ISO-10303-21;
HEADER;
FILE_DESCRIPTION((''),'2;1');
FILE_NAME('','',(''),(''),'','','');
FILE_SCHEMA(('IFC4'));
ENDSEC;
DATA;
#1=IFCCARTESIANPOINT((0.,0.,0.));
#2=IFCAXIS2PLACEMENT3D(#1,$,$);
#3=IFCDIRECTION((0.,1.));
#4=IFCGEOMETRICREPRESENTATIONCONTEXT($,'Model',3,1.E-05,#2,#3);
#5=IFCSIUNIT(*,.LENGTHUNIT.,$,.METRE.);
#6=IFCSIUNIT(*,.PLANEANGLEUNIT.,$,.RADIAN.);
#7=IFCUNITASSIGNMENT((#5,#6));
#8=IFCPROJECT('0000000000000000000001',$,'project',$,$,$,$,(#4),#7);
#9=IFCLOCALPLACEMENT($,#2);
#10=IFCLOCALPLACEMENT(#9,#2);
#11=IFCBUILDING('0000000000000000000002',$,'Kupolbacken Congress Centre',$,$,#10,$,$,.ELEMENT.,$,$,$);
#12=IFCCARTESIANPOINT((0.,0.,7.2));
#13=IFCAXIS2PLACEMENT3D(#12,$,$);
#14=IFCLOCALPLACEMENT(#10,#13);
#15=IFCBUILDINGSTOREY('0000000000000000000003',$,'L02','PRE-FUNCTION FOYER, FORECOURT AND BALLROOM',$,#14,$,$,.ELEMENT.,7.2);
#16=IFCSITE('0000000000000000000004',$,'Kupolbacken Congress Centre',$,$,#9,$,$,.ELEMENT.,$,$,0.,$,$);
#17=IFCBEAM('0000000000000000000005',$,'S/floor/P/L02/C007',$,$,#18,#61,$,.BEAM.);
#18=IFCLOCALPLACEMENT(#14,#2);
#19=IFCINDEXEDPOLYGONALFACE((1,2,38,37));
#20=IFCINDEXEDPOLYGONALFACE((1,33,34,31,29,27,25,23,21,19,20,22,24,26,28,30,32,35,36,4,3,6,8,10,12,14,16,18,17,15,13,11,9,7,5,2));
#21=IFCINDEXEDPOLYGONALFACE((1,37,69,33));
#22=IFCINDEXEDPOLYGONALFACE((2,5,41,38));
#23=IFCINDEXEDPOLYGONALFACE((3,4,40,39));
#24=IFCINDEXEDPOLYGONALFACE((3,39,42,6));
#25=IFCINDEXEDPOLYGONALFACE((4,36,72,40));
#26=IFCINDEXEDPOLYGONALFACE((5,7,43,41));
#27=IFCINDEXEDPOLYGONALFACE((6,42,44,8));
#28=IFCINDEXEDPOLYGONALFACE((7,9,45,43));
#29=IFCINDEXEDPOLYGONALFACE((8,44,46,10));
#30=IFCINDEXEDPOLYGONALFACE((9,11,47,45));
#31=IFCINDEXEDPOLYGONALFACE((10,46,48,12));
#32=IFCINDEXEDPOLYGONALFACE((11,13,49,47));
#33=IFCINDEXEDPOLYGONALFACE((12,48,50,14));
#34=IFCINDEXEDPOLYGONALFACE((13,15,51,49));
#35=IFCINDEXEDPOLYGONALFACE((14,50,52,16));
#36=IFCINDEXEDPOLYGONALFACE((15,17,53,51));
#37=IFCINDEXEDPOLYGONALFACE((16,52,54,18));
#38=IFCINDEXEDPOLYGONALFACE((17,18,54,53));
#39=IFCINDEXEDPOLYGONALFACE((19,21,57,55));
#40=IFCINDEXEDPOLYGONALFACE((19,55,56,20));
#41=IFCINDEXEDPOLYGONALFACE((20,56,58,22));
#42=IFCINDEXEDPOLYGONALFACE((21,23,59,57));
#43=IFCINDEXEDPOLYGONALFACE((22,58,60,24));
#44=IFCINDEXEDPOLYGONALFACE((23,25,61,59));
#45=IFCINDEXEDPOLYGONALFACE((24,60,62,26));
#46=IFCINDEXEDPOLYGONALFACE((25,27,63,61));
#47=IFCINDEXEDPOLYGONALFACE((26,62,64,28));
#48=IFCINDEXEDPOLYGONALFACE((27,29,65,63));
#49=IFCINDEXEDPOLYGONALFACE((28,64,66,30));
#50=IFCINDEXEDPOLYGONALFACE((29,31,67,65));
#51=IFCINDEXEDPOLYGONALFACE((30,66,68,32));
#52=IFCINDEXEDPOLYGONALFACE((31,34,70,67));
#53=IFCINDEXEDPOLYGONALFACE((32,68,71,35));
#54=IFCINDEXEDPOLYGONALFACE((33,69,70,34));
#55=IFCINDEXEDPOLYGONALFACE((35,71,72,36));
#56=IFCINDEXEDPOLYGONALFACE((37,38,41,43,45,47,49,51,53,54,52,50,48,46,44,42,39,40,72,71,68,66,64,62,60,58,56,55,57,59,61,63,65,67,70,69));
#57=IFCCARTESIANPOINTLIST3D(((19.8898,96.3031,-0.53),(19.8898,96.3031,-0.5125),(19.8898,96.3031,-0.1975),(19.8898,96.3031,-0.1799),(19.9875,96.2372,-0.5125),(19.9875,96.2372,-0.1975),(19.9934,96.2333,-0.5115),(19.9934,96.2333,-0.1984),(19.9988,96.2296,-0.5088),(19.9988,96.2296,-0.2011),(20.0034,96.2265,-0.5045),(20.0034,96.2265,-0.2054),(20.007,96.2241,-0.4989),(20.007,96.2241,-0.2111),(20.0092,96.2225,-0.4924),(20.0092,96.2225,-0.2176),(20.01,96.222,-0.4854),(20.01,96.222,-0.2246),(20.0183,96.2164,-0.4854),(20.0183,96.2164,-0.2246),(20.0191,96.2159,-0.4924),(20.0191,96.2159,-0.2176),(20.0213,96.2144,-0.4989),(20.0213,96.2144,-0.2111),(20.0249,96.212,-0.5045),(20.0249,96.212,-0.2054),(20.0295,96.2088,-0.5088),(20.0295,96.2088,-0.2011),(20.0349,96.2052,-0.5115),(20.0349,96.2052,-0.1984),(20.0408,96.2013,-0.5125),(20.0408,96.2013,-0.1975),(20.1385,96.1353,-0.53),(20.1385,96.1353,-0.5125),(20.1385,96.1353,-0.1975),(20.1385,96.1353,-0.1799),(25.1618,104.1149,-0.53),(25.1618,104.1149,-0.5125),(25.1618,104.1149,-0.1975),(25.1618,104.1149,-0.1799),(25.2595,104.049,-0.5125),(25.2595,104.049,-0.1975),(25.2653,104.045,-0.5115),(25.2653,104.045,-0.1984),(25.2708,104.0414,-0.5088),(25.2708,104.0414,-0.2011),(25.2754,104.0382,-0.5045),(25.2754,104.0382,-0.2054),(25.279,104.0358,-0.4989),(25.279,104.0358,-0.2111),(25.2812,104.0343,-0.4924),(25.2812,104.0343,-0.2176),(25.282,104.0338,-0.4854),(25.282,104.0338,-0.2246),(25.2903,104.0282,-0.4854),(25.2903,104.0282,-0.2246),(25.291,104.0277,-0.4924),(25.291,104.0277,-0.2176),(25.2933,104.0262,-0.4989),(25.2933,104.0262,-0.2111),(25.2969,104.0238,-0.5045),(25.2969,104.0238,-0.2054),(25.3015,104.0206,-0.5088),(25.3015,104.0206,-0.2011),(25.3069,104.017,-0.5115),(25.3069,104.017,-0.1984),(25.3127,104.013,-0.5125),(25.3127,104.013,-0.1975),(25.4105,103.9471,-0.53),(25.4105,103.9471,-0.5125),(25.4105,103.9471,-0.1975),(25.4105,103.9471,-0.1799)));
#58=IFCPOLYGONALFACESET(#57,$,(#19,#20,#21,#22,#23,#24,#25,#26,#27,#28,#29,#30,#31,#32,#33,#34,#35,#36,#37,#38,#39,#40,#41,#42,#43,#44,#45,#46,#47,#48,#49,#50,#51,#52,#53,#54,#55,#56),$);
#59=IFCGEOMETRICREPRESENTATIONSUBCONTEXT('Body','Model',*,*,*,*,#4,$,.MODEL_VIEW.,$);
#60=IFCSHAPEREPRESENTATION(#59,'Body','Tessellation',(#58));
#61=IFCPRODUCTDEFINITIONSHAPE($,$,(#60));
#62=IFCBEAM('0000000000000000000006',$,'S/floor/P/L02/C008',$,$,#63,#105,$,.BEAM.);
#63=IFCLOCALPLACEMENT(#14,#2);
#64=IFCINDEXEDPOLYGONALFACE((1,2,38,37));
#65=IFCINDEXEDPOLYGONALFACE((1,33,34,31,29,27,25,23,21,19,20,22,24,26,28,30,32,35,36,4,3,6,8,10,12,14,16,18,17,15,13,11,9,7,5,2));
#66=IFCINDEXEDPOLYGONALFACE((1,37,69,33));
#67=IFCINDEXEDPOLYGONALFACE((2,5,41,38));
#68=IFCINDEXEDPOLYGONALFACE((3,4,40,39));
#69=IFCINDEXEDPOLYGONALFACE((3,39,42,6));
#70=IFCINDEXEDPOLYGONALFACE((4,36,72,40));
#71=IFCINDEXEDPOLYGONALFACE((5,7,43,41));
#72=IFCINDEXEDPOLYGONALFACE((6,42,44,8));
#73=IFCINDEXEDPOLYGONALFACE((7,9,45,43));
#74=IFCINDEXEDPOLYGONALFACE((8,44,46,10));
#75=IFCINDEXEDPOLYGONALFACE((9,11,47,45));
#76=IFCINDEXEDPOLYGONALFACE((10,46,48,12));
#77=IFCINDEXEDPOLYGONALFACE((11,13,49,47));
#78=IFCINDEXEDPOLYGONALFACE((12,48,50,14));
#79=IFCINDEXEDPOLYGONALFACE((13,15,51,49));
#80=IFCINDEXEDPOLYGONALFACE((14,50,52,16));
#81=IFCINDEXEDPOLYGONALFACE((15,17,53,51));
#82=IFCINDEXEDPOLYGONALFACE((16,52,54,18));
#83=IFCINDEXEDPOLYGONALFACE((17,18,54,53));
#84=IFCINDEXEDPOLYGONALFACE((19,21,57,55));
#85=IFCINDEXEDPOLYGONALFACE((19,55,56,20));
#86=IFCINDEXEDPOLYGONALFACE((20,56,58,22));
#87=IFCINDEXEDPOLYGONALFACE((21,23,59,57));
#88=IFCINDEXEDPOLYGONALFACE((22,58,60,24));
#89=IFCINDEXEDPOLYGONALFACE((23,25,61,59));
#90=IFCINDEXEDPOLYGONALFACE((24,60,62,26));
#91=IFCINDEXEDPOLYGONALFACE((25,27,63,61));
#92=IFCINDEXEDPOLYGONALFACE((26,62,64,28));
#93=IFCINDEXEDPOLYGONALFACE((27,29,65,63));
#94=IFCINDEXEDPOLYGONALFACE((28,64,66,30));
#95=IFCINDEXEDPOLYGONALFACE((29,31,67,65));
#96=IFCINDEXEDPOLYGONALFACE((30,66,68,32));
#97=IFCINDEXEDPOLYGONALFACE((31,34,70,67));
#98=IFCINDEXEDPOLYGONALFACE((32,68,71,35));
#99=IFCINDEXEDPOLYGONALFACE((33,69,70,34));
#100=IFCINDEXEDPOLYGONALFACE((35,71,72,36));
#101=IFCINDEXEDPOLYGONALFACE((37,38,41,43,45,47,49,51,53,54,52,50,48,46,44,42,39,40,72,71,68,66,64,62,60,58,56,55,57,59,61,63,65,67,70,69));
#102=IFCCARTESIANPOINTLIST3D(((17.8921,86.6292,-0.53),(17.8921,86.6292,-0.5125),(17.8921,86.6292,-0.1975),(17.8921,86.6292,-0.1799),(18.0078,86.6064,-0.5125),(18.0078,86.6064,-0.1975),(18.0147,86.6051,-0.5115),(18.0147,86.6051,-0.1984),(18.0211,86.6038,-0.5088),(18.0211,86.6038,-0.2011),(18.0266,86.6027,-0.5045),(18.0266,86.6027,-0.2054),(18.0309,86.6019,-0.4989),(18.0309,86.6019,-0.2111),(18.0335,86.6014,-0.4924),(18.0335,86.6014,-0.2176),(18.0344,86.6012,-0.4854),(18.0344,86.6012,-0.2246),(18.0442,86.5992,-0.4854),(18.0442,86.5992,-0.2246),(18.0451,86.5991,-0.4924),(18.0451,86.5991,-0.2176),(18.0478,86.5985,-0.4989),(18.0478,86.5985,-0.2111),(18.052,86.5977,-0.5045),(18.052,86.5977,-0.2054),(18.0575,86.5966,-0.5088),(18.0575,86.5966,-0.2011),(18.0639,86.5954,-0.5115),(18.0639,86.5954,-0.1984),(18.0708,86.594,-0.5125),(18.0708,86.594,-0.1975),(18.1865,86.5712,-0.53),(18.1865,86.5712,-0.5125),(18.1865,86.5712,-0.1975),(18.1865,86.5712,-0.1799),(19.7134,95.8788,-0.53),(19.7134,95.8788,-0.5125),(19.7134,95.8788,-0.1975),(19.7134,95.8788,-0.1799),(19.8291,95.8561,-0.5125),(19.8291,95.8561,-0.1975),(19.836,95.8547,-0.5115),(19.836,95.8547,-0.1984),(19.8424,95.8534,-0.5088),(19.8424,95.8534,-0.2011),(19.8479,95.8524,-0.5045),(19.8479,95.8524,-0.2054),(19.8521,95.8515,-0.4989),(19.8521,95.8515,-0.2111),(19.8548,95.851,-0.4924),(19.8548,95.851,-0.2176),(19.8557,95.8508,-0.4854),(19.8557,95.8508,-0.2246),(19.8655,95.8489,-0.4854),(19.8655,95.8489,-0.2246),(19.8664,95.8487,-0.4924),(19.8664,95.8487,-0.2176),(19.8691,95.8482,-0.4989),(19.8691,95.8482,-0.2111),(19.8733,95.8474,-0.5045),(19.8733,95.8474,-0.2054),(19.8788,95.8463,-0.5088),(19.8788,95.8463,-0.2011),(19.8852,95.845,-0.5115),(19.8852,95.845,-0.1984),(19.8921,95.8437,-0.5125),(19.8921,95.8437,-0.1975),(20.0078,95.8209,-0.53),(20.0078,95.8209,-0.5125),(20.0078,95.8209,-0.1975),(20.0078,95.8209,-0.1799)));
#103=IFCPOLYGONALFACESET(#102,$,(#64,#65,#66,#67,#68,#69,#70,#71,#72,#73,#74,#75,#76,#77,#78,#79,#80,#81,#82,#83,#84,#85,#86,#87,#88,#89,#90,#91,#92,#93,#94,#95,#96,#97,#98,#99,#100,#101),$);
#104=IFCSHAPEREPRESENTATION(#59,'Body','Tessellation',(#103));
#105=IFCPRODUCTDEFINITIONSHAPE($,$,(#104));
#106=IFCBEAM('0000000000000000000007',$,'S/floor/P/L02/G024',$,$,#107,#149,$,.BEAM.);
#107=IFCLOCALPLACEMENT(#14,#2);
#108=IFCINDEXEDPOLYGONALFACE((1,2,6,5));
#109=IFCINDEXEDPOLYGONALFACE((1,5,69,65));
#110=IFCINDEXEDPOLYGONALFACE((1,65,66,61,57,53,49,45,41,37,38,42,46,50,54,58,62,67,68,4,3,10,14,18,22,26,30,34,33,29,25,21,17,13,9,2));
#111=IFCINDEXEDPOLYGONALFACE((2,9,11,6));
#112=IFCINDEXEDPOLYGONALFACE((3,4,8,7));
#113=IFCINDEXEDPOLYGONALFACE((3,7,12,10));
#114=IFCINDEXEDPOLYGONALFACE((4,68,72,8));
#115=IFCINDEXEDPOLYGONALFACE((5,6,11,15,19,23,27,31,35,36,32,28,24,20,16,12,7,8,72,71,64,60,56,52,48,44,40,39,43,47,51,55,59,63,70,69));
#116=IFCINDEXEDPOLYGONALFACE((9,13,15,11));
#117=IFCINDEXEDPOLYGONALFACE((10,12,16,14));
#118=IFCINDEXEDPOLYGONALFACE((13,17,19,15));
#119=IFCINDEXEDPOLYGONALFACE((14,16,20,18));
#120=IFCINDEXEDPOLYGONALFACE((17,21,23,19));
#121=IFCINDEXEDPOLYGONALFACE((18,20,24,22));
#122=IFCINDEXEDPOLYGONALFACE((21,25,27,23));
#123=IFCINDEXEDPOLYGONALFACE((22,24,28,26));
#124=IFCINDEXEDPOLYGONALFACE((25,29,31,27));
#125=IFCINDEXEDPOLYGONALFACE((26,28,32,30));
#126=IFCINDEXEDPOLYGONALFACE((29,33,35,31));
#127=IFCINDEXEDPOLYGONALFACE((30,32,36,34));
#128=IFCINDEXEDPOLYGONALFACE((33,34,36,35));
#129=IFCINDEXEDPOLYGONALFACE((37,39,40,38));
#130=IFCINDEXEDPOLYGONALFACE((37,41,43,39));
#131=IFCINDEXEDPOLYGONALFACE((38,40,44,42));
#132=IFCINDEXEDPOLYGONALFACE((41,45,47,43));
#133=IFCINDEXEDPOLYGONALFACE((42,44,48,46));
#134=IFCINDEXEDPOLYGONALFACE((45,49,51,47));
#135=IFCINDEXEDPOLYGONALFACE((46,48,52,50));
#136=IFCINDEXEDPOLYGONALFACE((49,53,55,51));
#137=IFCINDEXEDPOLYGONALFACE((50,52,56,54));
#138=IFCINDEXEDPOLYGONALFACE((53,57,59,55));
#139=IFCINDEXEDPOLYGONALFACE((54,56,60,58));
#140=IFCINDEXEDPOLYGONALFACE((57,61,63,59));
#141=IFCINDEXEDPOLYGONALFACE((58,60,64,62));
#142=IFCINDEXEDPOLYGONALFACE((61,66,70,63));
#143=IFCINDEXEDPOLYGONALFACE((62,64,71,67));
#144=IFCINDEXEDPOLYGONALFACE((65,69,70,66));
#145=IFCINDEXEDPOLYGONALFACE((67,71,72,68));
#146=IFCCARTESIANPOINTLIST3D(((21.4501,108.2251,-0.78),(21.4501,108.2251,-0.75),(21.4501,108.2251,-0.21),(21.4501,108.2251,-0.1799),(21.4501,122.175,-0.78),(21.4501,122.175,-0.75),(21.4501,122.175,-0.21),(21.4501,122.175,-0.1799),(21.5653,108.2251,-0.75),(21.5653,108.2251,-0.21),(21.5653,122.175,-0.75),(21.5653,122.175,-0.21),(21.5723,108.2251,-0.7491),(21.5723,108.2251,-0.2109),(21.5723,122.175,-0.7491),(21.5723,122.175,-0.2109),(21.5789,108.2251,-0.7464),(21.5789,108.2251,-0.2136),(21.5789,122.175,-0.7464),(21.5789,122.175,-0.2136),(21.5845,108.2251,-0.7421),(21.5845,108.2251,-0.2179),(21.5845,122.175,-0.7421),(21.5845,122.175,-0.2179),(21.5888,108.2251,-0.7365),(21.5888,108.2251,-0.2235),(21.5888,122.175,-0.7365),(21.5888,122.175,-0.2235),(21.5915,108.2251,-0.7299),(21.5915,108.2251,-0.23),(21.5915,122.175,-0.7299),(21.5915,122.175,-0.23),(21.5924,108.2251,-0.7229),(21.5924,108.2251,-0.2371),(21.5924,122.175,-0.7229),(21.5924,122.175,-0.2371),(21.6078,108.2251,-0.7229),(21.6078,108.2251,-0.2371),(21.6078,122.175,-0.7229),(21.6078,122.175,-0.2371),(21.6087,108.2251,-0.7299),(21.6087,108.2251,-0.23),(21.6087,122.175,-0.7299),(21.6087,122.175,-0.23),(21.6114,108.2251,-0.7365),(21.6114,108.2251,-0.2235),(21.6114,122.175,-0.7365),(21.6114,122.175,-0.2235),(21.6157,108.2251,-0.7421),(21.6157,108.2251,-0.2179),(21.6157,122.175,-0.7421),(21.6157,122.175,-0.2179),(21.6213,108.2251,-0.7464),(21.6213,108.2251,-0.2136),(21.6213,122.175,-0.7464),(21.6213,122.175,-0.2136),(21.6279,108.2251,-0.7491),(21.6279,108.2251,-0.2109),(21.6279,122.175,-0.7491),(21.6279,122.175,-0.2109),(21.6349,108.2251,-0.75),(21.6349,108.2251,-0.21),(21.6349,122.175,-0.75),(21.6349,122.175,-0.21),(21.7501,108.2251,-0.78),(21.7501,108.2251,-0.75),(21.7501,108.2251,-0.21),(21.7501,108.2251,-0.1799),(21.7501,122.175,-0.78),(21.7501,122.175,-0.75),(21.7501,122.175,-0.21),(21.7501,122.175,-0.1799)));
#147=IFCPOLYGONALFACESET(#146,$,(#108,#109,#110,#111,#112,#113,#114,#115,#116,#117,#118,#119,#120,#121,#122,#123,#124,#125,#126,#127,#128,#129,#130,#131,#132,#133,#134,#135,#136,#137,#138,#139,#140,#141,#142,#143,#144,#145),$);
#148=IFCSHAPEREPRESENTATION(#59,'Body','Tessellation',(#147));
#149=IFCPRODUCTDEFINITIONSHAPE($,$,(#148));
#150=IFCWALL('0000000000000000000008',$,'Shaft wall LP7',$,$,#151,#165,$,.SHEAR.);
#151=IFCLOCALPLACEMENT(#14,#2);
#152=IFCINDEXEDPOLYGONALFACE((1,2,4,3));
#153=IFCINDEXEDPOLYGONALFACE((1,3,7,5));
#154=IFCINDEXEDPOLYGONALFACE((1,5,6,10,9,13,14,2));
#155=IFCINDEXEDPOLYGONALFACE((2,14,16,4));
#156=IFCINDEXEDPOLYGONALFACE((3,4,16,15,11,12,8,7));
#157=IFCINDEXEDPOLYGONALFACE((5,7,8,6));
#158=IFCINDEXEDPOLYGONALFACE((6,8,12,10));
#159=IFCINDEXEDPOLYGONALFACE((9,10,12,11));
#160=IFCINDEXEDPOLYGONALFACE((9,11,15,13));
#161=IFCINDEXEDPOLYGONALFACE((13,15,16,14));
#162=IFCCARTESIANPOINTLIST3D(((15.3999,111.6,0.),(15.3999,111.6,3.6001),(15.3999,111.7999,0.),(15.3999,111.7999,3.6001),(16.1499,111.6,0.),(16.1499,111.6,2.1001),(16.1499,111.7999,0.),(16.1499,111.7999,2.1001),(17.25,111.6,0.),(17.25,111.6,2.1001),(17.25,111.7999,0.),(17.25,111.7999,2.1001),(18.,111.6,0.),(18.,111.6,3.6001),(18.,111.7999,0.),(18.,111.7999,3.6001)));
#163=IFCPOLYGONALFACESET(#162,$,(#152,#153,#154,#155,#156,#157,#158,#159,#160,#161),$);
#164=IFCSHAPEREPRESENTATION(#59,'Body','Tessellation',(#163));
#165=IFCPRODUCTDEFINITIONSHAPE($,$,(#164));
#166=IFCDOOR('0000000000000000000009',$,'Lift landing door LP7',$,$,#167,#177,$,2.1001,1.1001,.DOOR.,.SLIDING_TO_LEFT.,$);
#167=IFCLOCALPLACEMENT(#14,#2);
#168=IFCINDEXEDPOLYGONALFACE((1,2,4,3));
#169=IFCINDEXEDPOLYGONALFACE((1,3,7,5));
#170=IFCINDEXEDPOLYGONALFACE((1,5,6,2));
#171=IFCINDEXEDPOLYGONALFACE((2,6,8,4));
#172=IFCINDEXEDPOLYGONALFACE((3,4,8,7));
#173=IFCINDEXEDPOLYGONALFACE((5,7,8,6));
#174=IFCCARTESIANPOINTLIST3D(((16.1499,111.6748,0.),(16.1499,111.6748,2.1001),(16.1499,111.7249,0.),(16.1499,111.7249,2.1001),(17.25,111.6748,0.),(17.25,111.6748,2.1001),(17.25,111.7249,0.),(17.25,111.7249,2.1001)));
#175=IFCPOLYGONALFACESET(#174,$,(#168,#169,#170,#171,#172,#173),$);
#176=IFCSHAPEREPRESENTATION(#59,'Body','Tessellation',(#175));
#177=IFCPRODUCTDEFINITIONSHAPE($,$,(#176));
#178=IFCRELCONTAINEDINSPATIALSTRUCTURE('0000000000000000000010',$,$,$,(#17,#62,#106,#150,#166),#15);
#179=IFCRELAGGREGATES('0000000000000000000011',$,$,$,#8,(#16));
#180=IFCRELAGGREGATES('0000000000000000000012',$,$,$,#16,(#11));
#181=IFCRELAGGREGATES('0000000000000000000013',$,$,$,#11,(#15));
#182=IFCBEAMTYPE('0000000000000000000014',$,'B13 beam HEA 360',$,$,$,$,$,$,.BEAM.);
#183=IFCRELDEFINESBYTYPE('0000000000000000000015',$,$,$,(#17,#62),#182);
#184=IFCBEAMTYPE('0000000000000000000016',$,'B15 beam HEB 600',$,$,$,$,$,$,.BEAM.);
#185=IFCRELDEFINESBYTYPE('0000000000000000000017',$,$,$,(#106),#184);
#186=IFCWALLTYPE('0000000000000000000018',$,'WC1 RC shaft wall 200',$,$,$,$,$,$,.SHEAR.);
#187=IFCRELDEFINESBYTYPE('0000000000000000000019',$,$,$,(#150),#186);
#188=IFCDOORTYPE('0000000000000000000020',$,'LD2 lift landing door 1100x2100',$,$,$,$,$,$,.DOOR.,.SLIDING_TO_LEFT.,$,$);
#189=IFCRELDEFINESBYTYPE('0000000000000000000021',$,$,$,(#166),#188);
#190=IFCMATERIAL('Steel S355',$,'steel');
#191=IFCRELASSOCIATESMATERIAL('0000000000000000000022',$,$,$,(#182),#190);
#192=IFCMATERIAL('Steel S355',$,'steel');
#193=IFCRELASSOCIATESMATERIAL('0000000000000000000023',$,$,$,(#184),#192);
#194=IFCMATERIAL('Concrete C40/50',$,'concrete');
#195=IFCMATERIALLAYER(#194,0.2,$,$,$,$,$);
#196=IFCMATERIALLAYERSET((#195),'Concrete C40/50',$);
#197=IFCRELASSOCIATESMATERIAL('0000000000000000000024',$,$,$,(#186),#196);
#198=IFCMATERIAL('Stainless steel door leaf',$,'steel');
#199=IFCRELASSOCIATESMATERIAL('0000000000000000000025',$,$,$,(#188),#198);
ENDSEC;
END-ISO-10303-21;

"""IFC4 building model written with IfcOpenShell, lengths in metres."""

from ifc_helpers import new_model, si_unit, direction, frame, frame_2d, origin, origin_2d, place, context, subcontext, project, spatial, rectangle, i_section, extrude, material, layer, layer_set, material_profile, profile_set, type_object, element, fill, save


model = new_model("IFC4")

# Units and contexts
model_context = context("Model", 3, precision=1e-05, world=origin(), true_north=direction((0.0, 1.0)))
body_context = subcontext(model_context, "Body", "Model", "MODEL_VIEW")
ifc_project = project(units=[si_unit("LENGTHUNIT", "METRE"), si_unit("PLANEANGLEUNIT", "RADIAN")], contexts=[model_context])

# Site, building, storey
site_placement = place(None, origin())
site = spatial("IfcSite", under=ifc_project, at=site_placement, Name="Kupolbacken Congress Centre", CompositionType="ELEMENT", RefElevation=0.0)
building_placement = place(site_placement, origin())
building = spatial("IfcBuilding", under=site, at=building_placement, Name="Kupolbacken Congress Centre", CompositionType="ELEMENT")
storey_placement = place(building_placement, frame((0.0, 0.0, 7.2)))
storey = spatial("IfcBuildingStorey", under=building, at=storey_placement, Name="L02", Description="PRE-FUNCTION FOYER, FORECOURT AND BALLROOM", CompositionType="ELEMENT", Elevation=7.2)

# Beams
ifc_material_1 = material(Name="Steel S355", Category="steel")
ifc_material_profile_1 = material_profile(ifc_material_1, i_section(OverallWidth=0.3, OverallDepth=0.3501, WebThickness=0.01, FlangeThickness=0.0176, FilletRadius=0.0271, at=origin_2d()), Name="HEA 360")
ifc_profile_set_1 = profile_set([ifc_material_profile_1], Name="Steel S355")
beam_type_1 = type_object("IfcBeamType", Name="B13 beam HEA 360", PredefinedType="BEAM", material=ifc_profile_set_1)
beam_1_placement = place(storey_placement, frame((25.2861, 104.031, -0.355), z_axis=(-0.559402, -0.828896, 0.0), x_axis=(0.828896, -0.559402, 0.0)))
element("IfcBeam", 1, at=beam_1_placement, inside=storey, type_object=beam_type_1, Name="S/floor/P/L02/C007", PredefinedType="BEAM", context=body_context, shape_type="SweptSolid", body=[
    extrude(i_section(OverallWidth=0.3, OverallDepth=0.3501, WebThickness=0.01, FlangeThickness=0.0176, FilletRadius=0.0271, at=origin_2d()), origin(), (0.0, 0.0, 1.0), 9.4243),
])
beam_2_placement = place(storey_placement, frame((19.8606, 95.8499, -0.355), z_axis=(-0.193192, -0.981161, 0.0), x_axis=(0.981161, -0.193192, 0.0)))
element("IfcBeam", 2, at=beam_2_placement, inside=storey, type_object=beam_type_1, Name="S/floor/P/L02/C008", PredefinedType="BEAM", context=body_context, shape_type="SweptSolid", body=[
    extrude(i_section(OverallWidth=0.3, OverallDepth=0.3501, WebThickness=0.01, FlangeThickness=0.0176, FilletRadius=0.0271, at=origin_2d()), origin(), (0.0, 0.0, 1.0), 9.4272),
])
ifc_material_2 = material(Name="Steel S355", Category="steel")
ifc_material_profile_2 = material_profile(ifc_material_2, i_section(OverallWidth=0.3, OverallDepth=0.6001, WebThickness=0.0154, FlangeThickness=0.03, FilletRadius=0.0271, at=origin_2d()), Name="HEB 600")
ifc_profile_set_2 = profile_set([ifc_material_profile_2], Name="Steel S355")
beam_type_2 = type_object("IfcBeamType", Name="B15 beam HEB 600", PredefinedType="BEAM", material=ifc_profile_set_2)
beam_3_placement = place(storey_placement, frame((21.6001, 108.2251, -0.48), z_axis=(0.0, 1.0, 0.0), x_axis=(-1.0, 0.0, 0.0)))
element("IfcBeam", 3, at=beam_3_placement, inside=storey, type_object=beam_type_2, Name="S/floor/P/L02/G024", PredefinedType="BEAM", context=body_context, shape_type="SweptSolid", body=[
    extrude(i_section(OverallWidth=0.3, OverallDepth=0.6001, WebThickness=0.0154, FlangeThickness=0.03, FilletRadius=0.0271, at=origin_2d()), origin(), (0.0, 0.0, 1.0), 13.95),
])

# Wall, opening, door
ifc_material_3 = material(Name="Concrete C40/50", Category="concrete")
ifc_layer_1 = layer(ifc_material_3, 0.2)
ifc_layer_set_1 = layer_set([ifc_layer_1], Name="Concrete C40/50")
wall_type_1 = type_object("IfcWallType", Name="WC1 RC shaft wall 200", PredefinedType="SHEAR", material=ifc_layer_set_1)
wall_1_placement = place(storey_placement, frame((15.3999, 111.7, 0.0), z_axis=(0.0, 0.0, 1.0), x_axis=(1.0, 0.0, 0.0)))
wall_1 = element("IfcWall", 4, at=wall_1_placement, inside=storey, type_object=wall_type_1, Name="Shaft wall LP7", PredefinedType="SHEAR", context=body_context, shape_type="SweptSolid", body=[
    extrude(rectangle(XDim=2.6001, YDim=0.2, at=frame_2d((1.3, 0.0))), origin(), (0.0, 0.0, 1.0), 3.6001),
])
opening_1_placement = place(wall_1_placement, frame((0.75, 0.0, 0.0)))
opening_1 = element("IfcOpeningElement", 5, at=opening_1_placement, cuts=wall_1, PredefinedType="OPENING", context=body_context, shape_type="SweptSolid", body=[
    extrude(rectangle(XDim=1.1001, YDim=2.1001, at=frame_2d((0.55, 1.05))), frame((0.0, 0.1099, 0.0), z_axis=(0.0, -1.0, 0.0), x_axis=(1.0, 0.0, 0.0)), (0.0, 0.0, 1.0), 0.22),
])
ifc_material_4 = material(Name="Stainless steel door leaf", Category="steel")
door_type_1 = type_object("IfcDoorType", Name="LD2 lift landing door 1100x2100", OperationType="SLIDING_TO_LEFT", PredefinedType="DOOR", material=ifc_material_4)
door_1_placement = place(opening_1_placement, origin())
door_1 = element("IfcDoor", 6, at=door_1_placement, inside=storey, type_object=door_type_1, Name="Lift landing door LP7", OperationType="SLIDING_TO_LEFT", OverallHeight=2.1001, OverallWidth=1.1001, PredefinedType="DOOR", context=body_context, shape_type="SweptSolid", body=[
    extrude(rectangle(XDim=1.1001, YDim=2.1001, at=frame_2d((0.55, 1.05))), frame((0.0, 0.0249, 0.0), z_axis=(0.0, -1.0, 0.0), x_axis=(1.0, 0.0, 0.0)), (0.0, 0.0, 1.0), 0.05),
])
fill(opening_1, door_1)

save(model, "model.ifc")
